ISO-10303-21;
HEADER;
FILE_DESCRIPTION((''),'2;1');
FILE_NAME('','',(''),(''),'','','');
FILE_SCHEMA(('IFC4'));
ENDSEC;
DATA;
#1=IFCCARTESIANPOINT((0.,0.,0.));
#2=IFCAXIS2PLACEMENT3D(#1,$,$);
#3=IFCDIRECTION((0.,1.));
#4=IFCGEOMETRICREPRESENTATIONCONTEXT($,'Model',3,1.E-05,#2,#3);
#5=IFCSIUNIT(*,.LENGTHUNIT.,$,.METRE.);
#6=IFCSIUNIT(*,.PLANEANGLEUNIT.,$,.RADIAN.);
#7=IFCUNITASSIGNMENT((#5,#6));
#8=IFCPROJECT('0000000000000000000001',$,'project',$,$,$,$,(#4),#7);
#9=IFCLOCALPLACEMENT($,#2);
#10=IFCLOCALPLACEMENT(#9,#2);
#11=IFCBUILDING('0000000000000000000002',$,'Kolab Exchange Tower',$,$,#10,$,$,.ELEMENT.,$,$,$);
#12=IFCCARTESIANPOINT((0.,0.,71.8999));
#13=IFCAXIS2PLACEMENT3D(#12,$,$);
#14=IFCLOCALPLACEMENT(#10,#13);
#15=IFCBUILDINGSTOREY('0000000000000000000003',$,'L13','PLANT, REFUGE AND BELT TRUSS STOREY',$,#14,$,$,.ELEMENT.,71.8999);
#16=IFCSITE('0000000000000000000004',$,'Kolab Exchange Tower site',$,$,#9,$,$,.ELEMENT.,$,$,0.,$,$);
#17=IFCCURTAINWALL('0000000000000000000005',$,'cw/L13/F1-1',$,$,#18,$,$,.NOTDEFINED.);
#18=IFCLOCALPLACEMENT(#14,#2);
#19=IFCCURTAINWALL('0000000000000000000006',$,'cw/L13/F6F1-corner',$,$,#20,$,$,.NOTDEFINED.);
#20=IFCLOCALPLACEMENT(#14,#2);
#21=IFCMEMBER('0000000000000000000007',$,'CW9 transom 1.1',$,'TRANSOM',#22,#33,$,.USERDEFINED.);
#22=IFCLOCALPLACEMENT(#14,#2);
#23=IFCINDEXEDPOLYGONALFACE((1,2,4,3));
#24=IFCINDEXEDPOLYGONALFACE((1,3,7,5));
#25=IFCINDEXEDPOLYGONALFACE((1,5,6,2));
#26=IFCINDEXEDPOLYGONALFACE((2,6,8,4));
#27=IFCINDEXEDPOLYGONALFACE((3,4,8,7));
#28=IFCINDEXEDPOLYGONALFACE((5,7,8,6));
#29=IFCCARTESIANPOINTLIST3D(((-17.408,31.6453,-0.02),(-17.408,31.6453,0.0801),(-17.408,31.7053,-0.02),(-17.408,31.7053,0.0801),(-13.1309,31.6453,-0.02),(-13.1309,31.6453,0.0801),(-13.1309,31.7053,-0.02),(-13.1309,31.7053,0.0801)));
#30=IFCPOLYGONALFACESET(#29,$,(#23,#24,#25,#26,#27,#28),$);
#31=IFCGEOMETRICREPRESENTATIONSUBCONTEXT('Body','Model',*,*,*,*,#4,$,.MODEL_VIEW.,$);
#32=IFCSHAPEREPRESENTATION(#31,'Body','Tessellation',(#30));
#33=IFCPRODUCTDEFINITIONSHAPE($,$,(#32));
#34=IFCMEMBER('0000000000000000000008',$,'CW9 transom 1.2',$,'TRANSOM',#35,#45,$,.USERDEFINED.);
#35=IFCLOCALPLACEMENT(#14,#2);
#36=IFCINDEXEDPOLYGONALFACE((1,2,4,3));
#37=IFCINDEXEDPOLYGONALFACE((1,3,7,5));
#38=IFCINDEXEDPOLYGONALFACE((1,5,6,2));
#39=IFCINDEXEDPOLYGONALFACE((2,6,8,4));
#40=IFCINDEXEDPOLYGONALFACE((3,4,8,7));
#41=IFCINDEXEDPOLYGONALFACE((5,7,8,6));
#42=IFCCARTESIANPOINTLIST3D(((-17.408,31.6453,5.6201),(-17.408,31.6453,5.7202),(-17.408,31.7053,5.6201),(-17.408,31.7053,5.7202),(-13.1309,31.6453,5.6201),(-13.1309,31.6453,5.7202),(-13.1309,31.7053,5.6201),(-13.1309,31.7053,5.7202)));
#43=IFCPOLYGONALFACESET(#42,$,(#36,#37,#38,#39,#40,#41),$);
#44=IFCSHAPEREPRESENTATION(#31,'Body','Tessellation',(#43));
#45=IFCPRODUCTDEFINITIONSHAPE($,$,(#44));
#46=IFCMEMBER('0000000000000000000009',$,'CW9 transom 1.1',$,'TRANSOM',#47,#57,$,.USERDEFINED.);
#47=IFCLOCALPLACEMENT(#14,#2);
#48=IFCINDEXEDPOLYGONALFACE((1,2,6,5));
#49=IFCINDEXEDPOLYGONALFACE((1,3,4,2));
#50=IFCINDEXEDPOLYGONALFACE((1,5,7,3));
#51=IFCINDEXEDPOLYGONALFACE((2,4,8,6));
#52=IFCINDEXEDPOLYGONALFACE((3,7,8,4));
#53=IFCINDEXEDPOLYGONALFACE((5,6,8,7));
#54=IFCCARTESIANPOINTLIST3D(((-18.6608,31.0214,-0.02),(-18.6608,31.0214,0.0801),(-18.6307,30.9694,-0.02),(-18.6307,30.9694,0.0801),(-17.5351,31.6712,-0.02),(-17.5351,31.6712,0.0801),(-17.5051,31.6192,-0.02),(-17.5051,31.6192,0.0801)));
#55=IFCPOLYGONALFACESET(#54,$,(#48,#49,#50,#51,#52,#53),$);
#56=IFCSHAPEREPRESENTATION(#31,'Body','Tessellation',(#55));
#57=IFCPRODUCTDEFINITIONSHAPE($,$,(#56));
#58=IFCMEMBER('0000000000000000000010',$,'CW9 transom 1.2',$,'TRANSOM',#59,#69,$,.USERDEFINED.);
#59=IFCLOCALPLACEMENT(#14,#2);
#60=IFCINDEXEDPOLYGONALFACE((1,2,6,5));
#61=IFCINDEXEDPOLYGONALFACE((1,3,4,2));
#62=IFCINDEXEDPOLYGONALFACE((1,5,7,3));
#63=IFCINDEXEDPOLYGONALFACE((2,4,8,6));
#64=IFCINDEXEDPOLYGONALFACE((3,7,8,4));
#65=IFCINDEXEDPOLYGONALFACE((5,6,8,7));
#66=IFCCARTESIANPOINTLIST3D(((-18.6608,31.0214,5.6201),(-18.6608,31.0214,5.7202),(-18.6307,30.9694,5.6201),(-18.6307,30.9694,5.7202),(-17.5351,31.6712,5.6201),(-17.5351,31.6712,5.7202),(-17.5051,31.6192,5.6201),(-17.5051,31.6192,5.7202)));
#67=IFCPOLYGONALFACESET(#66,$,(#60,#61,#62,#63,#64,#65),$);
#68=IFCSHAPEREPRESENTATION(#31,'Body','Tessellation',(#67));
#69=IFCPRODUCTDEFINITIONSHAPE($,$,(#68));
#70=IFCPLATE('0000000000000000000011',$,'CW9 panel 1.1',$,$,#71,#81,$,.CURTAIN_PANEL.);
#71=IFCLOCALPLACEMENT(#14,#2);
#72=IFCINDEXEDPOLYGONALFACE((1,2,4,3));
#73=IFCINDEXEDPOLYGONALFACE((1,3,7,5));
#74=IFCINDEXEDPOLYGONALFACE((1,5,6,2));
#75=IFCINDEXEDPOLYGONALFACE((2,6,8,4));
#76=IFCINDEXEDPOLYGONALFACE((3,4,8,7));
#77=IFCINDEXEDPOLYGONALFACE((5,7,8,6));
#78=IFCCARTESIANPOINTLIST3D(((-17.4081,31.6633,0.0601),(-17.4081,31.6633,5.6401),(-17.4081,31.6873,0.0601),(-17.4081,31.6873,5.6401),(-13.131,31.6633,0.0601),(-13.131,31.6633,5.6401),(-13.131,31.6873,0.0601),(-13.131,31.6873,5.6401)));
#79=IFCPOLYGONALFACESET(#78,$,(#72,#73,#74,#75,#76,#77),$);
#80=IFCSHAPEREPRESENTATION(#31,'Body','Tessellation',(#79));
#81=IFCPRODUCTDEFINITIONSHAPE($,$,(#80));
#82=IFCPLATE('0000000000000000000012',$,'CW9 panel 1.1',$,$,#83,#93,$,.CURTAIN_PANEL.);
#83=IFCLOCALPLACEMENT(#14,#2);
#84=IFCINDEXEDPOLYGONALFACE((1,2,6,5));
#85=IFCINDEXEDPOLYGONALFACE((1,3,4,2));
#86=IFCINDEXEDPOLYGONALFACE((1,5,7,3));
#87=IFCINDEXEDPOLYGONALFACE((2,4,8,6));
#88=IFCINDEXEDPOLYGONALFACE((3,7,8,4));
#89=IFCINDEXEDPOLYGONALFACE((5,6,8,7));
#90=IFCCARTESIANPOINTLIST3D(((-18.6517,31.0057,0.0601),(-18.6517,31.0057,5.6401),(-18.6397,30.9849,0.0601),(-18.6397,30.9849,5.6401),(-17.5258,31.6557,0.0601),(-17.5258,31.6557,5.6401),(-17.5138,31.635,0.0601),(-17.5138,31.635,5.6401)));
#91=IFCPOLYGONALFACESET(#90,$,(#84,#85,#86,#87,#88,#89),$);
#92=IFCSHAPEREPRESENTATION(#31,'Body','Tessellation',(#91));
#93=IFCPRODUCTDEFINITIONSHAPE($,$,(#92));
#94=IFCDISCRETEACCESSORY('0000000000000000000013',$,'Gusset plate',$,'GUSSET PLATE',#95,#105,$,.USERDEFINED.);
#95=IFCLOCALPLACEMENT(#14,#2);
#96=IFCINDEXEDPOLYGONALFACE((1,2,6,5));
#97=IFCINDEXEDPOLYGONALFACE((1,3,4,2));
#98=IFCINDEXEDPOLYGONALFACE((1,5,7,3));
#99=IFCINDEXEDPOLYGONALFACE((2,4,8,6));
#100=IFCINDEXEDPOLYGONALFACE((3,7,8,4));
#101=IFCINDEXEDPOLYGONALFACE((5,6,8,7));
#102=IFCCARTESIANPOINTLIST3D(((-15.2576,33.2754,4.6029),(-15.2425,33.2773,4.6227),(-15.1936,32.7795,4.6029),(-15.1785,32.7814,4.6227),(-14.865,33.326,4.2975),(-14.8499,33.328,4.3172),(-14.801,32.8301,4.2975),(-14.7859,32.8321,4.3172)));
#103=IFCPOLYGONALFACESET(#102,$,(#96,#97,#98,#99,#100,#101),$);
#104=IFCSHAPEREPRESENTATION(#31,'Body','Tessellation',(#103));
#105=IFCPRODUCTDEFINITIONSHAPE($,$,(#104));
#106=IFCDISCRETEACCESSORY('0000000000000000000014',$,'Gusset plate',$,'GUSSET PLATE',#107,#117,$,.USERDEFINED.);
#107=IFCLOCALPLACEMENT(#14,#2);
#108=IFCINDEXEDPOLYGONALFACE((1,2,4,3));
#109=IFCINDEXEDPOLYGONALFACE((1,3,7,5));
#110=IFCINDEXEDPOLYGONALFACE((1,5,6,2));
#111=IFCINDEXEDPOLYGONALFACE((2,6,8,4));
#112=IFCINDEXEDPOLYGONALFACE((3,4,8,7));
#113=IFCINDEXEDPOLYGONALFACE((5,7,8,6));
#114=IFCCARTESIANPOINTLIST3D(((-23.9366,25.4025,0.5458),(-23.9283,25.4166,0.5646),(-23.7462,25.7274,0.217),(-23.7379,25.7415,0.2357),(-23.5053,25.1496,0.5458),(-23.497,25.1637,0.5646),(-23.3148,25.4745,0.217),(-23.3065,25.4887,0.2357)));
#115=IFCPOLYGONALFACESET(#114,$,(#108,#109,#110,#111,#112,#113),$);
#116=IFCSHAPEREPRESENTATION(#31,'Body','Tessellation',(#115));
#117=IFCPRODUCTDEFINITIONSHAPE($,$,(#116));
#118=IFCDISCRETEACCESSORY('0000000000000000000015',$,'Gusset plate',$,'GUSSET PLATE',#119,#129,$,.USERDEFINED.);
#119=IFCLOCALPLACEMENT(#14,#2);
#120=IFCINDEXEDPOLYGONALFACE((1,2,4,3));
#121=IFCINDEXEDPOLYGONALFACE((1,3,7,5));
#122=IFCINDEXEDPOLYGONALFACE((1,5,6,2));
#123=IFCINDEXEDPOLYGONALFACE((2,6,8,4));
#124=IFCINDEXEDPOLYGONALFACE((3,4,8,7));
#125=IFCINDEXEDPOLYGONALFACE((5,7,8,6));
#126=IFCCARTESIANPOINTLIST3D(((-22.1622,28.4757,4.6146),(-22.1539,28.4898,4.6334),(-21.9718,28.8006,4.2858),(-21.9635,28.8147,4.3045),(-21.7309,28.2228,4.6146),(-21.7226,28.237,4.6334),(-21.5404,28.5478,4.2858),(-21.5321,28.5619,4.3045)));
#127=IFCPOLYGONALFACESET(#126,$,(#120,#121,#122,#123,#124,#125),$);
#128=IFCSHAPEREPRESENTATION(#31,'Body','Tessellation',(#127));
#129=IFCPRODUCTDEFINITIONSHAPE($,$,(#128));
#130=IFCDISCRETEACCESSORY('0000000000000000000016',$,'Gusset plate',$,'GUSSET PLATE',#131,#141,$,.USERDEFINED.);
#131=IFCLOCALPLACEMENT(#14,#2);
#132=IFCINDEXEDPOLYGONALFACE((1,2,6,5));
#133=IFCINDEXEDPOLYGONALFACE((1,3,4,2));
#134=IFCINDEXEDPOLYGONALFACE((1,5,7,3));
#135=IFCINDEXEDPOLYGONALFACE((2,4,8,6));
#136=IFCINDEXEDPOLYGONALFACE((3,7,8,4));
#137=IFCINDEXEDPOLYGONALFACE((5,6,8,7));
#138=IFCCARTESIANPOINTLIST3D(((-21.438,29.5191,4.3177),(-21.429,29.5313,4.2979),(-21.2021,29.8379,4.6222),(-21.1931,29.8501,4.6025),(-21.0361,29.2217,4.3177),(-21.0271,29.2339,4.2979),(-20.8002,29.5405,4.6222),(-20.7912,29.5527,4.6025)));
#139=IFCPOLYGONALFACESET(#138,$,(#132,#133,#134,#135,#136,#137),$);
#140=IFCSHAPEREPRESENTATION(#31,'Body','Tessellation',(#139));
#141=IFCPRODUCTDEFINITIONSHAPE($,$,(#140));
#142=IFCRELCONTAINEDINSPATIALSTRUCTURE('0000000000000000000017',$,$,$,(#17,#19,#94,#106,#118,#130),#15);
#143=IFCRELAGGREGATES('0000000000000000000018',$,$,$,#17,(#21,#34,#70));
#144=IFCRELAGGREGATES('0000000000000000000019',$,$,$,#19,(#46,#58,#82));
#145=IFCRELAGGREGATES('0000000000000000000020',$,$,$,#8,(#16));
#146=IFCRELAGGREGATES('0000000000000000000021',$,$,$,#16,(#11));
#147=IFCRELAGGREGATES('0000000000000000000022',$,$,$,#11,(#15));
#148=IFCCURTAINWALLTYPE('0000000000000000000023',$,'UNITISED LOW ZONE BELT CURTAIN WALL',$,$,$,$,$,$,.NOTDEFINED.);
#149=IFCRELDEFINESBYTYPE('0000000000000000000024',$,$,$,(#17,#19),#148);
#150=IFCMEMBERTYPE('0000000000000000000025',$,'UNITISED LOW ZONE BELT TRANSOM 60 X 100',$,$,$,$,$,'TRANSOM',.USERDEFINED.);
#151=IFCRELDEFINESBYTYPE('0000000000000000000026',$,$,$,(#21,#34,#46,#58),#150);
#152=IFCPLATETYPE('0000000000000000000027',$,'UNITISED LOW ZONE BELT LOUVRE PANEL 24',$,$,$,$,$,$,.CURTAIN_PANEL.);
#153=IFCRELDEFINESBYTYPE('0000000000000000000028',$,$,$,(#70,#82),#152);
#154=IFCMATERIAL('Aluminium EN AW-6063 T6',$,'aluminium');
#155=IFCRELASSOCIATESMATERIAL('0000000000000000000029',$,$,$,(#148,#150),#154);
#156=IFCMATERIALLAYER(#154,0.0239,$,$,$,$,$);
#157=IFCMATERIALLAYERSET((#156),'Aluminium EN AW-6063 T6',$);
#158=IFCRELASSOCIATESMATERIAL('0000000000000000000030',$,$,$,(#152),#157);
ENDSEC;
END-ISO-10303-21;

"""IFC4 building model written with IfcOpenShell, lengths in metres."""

from ifc_helpers import new_model, si_unit, direction, frame, origin, origin_2d, place, context, subcontext, project, spatial, rectangle, extrude, material, layer, layer_set, material_profile, profile_set, type_object, element, aggregate, save


model = new_model("IFC4")

# Units and contexts
model_context = context("Model", 3, precision=1e-05, world=origin(), true_north=direction((0.0, 1.0)))
body_context = subcontext(model_context, "Body", "Model", "MODEL_VIEW")
ifc_project = project(units=[si_unit("LENGTHUNIT", "METRE"), si_unit("PLANEANGLEUNIT", "RADIAN")], contexts=[model_context])

# Site, building, storey
site_placement = place(None, origin())
site = spatial("IfcSite", under=ifc_project, at=site_placement, Name="Kolab Exchange Tower site", CompositionType="ELEMENT", RefElevation=0.0)
building_placement = place(site_placement, origin())
building = spatial("IfcBuilding", under=site, at=building_placement, Name="Kolab Exchange Tower", CompositionType="ELEMENT")
storey_placement = place(building_placement, frame((0.0, 0.0, 71.8999)))
storey = spatial("IfcBuildingStorey", under=building, at=storey_placement, Name="L13", Description="PLANT, REFUGE AND BELT TRUSS STOREY", CompositionType="ELEMENT", Elevation=71.8999)

# Shared definitions
ifc_material_1 = material(Name="Aluminium EN AW-6063 T6", Category="aluminium")

# Curtain wall
curtain_wall_type_1 = type_object("IfcCurtainWallType", Name="UNITISED LOW ZONE BELT CURTAIN WALL", PredefinedType="NOTDEFINED", material=ifc_material_1)
curtain_wall_1_placement = place(storey_placement, origin())
curtain_wall_1 = element("IfcCurtainWall", 1, at=curtain_wall_1_placement, inside=storey, type_object=curtain_wall_type_1, Name="cw/L13/F1-1", PredefinedType="NOTDEFINED")

# Curtain wall
curtain_wall_2_placement = place(storey_placement, origin())
curtain_wall_2 = element("IfcCurtainWall", 2, at=curtain_wall_2_placement, inside=storey, type_object=curtain_wall_type_1, Name="cw/L13/F6F1-corner", PredefinedType="NOTDEFINED")

# Members
ifc_material_profile_1 = material_profile(ifc_material_1, rectangle(XDim=0.0601, YDim=0.1001, at=origin_2d()), Name="RECT 60X100")
ifc_profile_set_1 = profile_set([ifc_material_profile_1], Name="Aluminium EN AW-6063 T6")
member_type_1 = type_object("IfcMemberType", Name="UNITISED LOW ZONE BELT TRANSOM 60 X 100", ElementType="TRANSOM", PredefinedType="USERDEFINED", material=ifc_profile_set_1)
member_1_placement = place(storey_placement, frame((-17.408, 31.6753, 0.03), z_axis=(1.0, 0.0, 0.0), x_axis=(0.0, 1.0, 0.0)))
member_1 = element("IfcMember", 3, at=member_1_placement, type_object=member_type_1, Name="CW9 transom 1.1", ObjectType="TRANSOM", PredefinedType="USERDEFINED", context=body_context, shape_type="SweptSolid", body=[
    extrude(rectangle(XDim=0.0601, YDim=0.1001, at=origin_2d()), origin(), (0.0, 0.0, 1.0), 4.2771),
])
member_2_placement = place(storey_placement, frame((-17.408, 31.6753, 5.6702), z_axis=(1.0, 0.0, 0.0), x_axis=(0.0, 1.0, 0.0)))
member_2 = element("IfcMember", 4, at=member_2_placement, type_object=member_type_1, Name="CW9 transom 1.2", ObjectType="TRANSOM", PredefinedType="USERDEFINED", context=body_context, shape_type="SweptSolid", body=[
    extrude(rectangle(XDim=0.0601, YDim=0.1001, at=origin_2d()), origin(), (0.0, 0.0, 1.0), 4.2771),
])
member_3_placement = place(storey_placement, frame((-18.6458, 30.9954, 0.03), z_axis=(0.866039, 0.499977, 0.0), x_axis=(-0.499977, 0.866039, 0.0)))
member_3 = element("IfcMember", 5, at=member_3_placement, type_object=member_type_1, Name="CW9 transom 1.1", ObjectType="TRANSOM", PredefinedType="USERDEFINED", context=body_context, shape_type="SweptSolid", body=[
    extrude(rectangle(XDim=0.0601, YDim=0.1001, at=origin_2d()), origin(), (0.0, 0.0, 1.0), 1.2998),
])
member_4_placement = place(storey_placement, frame((-18.6458, 30.9954, 5.6702), z_axis=(0.866039, 0.499977, 0.0), x_axis=(-0.499977, 0.866039, 0.0)))
member_4 = element("IfcMember", 6, at=member_4_placement, type_object=member_type_1, Name="CW9 transom 1.2", ObjectType="TRANSOM", PredefinedType="USERDEFINED", context=body_context, shape_type="SweptSolid", body=[
    extrude(rectangle(XDim=0.0601, YDim=0.1001, at=origin_2d()), origin(), (0.0, 0.0, 1.0), 1.2998),
])

# Plates
ifc_layer = layer(ifc_material_1, 0.0239)
ifc_layer_set = layer_set([ifc_layer], Name="Aluminium EN AW-6063 T6")
plate_type = type_object("IfcPlateType", Name="UNITISED LOW ZONE BELT LOUVRE PANEL 24", PredefinedType="CURTAIN_PANEL", material=ifc_layer_set)
plate_1_placement = place(storey_placement, frame((-15.2695, 31.6753, 0.0601), z_axis=(0.0, 0.0, 1.0), x_axis=(1.0, 0.0, 0.0)))
plate_1 = element("IfcPlate", 7, at=plate_1_placement, type_object=plate_type, Name="CW9 panel 1.1", PredefinedType="CURTAIN_PANEL", context=body_context, shape_type="SweptSolid", body=[
    extrude(rectangle(XDim=4.2771, YDim=0.0239, at=origin_2d()), origin(), (0.0, 0.0, 1.0), 5.5801),
])
aggregate(curtain_wall_1, [member_1, member_2, plate_1])
plate_2_placement = place(storey_placement, frame((-18.0828, 31.3203, 0.0601), z_axis=(0.0, 0.0, 1.0), x_axis=(0.866025, 0.5, 0.0)))
plate_2 = element("IfcPlate", 8, at=plate_2_placement, type_object=plate_type, Name="CW9 panel 1.1", PredefinedType="CURTAIN_PANEL", context=body_context, shape_type="SweptSolid", body=[
    extrude(rectangle(XDim=1.3, YDim=0.0239, at=origin_2d()), origin(), (0.0, 0.0, 1.0), 5.5801),
])
aggregate(curtain_wall_2, [member_3, member_4, plate_2])

# Discrete accessories
for number, where, z_axis, x_axis, name in (
    (9, (-15.0293, 33.0527, 4.4502), (0.605953, 0.078188, 0.791649), (-0.127971, 0.991778, 0.0), "Gusset plate"),
    (10, (-23.6174, 25.4526, 0.4001), (-0.332615, -0.567402, -0.753275), (0.862698, -0.505719, 0.0), "Gusset plate"),
    (11, (-21.8513, 28.5117, 4.4502), (0.332615, 0.567402, 0.753275), (-0.862698, 0.505719, 0.0), "Gusset plate"),
    (12, (-21.1101, 29.542, 4.4502), (-0.362293, -0.489585, 0.793127), (0.803842, -0.594843, 0.0), "Gusset plate"),
):
    element("IfcDiscreteAccessory", number, at=place(storey_placement, frame(where, z_axis=z_axis, x_axis=x_axis)), inside=storey, Name=name, ObjectType="GUSSET PLATE", PredefinedType="USERDEFINED", context=body_context, shape_type="SweptSolid", body=[
        extrude(rectangle(XDim=0.5, YDim=0.5, at=origin_2d()), origin(), (0.0, 0.0, 1.0), 0.0249),
    ])

save(model, "model.ifc")
